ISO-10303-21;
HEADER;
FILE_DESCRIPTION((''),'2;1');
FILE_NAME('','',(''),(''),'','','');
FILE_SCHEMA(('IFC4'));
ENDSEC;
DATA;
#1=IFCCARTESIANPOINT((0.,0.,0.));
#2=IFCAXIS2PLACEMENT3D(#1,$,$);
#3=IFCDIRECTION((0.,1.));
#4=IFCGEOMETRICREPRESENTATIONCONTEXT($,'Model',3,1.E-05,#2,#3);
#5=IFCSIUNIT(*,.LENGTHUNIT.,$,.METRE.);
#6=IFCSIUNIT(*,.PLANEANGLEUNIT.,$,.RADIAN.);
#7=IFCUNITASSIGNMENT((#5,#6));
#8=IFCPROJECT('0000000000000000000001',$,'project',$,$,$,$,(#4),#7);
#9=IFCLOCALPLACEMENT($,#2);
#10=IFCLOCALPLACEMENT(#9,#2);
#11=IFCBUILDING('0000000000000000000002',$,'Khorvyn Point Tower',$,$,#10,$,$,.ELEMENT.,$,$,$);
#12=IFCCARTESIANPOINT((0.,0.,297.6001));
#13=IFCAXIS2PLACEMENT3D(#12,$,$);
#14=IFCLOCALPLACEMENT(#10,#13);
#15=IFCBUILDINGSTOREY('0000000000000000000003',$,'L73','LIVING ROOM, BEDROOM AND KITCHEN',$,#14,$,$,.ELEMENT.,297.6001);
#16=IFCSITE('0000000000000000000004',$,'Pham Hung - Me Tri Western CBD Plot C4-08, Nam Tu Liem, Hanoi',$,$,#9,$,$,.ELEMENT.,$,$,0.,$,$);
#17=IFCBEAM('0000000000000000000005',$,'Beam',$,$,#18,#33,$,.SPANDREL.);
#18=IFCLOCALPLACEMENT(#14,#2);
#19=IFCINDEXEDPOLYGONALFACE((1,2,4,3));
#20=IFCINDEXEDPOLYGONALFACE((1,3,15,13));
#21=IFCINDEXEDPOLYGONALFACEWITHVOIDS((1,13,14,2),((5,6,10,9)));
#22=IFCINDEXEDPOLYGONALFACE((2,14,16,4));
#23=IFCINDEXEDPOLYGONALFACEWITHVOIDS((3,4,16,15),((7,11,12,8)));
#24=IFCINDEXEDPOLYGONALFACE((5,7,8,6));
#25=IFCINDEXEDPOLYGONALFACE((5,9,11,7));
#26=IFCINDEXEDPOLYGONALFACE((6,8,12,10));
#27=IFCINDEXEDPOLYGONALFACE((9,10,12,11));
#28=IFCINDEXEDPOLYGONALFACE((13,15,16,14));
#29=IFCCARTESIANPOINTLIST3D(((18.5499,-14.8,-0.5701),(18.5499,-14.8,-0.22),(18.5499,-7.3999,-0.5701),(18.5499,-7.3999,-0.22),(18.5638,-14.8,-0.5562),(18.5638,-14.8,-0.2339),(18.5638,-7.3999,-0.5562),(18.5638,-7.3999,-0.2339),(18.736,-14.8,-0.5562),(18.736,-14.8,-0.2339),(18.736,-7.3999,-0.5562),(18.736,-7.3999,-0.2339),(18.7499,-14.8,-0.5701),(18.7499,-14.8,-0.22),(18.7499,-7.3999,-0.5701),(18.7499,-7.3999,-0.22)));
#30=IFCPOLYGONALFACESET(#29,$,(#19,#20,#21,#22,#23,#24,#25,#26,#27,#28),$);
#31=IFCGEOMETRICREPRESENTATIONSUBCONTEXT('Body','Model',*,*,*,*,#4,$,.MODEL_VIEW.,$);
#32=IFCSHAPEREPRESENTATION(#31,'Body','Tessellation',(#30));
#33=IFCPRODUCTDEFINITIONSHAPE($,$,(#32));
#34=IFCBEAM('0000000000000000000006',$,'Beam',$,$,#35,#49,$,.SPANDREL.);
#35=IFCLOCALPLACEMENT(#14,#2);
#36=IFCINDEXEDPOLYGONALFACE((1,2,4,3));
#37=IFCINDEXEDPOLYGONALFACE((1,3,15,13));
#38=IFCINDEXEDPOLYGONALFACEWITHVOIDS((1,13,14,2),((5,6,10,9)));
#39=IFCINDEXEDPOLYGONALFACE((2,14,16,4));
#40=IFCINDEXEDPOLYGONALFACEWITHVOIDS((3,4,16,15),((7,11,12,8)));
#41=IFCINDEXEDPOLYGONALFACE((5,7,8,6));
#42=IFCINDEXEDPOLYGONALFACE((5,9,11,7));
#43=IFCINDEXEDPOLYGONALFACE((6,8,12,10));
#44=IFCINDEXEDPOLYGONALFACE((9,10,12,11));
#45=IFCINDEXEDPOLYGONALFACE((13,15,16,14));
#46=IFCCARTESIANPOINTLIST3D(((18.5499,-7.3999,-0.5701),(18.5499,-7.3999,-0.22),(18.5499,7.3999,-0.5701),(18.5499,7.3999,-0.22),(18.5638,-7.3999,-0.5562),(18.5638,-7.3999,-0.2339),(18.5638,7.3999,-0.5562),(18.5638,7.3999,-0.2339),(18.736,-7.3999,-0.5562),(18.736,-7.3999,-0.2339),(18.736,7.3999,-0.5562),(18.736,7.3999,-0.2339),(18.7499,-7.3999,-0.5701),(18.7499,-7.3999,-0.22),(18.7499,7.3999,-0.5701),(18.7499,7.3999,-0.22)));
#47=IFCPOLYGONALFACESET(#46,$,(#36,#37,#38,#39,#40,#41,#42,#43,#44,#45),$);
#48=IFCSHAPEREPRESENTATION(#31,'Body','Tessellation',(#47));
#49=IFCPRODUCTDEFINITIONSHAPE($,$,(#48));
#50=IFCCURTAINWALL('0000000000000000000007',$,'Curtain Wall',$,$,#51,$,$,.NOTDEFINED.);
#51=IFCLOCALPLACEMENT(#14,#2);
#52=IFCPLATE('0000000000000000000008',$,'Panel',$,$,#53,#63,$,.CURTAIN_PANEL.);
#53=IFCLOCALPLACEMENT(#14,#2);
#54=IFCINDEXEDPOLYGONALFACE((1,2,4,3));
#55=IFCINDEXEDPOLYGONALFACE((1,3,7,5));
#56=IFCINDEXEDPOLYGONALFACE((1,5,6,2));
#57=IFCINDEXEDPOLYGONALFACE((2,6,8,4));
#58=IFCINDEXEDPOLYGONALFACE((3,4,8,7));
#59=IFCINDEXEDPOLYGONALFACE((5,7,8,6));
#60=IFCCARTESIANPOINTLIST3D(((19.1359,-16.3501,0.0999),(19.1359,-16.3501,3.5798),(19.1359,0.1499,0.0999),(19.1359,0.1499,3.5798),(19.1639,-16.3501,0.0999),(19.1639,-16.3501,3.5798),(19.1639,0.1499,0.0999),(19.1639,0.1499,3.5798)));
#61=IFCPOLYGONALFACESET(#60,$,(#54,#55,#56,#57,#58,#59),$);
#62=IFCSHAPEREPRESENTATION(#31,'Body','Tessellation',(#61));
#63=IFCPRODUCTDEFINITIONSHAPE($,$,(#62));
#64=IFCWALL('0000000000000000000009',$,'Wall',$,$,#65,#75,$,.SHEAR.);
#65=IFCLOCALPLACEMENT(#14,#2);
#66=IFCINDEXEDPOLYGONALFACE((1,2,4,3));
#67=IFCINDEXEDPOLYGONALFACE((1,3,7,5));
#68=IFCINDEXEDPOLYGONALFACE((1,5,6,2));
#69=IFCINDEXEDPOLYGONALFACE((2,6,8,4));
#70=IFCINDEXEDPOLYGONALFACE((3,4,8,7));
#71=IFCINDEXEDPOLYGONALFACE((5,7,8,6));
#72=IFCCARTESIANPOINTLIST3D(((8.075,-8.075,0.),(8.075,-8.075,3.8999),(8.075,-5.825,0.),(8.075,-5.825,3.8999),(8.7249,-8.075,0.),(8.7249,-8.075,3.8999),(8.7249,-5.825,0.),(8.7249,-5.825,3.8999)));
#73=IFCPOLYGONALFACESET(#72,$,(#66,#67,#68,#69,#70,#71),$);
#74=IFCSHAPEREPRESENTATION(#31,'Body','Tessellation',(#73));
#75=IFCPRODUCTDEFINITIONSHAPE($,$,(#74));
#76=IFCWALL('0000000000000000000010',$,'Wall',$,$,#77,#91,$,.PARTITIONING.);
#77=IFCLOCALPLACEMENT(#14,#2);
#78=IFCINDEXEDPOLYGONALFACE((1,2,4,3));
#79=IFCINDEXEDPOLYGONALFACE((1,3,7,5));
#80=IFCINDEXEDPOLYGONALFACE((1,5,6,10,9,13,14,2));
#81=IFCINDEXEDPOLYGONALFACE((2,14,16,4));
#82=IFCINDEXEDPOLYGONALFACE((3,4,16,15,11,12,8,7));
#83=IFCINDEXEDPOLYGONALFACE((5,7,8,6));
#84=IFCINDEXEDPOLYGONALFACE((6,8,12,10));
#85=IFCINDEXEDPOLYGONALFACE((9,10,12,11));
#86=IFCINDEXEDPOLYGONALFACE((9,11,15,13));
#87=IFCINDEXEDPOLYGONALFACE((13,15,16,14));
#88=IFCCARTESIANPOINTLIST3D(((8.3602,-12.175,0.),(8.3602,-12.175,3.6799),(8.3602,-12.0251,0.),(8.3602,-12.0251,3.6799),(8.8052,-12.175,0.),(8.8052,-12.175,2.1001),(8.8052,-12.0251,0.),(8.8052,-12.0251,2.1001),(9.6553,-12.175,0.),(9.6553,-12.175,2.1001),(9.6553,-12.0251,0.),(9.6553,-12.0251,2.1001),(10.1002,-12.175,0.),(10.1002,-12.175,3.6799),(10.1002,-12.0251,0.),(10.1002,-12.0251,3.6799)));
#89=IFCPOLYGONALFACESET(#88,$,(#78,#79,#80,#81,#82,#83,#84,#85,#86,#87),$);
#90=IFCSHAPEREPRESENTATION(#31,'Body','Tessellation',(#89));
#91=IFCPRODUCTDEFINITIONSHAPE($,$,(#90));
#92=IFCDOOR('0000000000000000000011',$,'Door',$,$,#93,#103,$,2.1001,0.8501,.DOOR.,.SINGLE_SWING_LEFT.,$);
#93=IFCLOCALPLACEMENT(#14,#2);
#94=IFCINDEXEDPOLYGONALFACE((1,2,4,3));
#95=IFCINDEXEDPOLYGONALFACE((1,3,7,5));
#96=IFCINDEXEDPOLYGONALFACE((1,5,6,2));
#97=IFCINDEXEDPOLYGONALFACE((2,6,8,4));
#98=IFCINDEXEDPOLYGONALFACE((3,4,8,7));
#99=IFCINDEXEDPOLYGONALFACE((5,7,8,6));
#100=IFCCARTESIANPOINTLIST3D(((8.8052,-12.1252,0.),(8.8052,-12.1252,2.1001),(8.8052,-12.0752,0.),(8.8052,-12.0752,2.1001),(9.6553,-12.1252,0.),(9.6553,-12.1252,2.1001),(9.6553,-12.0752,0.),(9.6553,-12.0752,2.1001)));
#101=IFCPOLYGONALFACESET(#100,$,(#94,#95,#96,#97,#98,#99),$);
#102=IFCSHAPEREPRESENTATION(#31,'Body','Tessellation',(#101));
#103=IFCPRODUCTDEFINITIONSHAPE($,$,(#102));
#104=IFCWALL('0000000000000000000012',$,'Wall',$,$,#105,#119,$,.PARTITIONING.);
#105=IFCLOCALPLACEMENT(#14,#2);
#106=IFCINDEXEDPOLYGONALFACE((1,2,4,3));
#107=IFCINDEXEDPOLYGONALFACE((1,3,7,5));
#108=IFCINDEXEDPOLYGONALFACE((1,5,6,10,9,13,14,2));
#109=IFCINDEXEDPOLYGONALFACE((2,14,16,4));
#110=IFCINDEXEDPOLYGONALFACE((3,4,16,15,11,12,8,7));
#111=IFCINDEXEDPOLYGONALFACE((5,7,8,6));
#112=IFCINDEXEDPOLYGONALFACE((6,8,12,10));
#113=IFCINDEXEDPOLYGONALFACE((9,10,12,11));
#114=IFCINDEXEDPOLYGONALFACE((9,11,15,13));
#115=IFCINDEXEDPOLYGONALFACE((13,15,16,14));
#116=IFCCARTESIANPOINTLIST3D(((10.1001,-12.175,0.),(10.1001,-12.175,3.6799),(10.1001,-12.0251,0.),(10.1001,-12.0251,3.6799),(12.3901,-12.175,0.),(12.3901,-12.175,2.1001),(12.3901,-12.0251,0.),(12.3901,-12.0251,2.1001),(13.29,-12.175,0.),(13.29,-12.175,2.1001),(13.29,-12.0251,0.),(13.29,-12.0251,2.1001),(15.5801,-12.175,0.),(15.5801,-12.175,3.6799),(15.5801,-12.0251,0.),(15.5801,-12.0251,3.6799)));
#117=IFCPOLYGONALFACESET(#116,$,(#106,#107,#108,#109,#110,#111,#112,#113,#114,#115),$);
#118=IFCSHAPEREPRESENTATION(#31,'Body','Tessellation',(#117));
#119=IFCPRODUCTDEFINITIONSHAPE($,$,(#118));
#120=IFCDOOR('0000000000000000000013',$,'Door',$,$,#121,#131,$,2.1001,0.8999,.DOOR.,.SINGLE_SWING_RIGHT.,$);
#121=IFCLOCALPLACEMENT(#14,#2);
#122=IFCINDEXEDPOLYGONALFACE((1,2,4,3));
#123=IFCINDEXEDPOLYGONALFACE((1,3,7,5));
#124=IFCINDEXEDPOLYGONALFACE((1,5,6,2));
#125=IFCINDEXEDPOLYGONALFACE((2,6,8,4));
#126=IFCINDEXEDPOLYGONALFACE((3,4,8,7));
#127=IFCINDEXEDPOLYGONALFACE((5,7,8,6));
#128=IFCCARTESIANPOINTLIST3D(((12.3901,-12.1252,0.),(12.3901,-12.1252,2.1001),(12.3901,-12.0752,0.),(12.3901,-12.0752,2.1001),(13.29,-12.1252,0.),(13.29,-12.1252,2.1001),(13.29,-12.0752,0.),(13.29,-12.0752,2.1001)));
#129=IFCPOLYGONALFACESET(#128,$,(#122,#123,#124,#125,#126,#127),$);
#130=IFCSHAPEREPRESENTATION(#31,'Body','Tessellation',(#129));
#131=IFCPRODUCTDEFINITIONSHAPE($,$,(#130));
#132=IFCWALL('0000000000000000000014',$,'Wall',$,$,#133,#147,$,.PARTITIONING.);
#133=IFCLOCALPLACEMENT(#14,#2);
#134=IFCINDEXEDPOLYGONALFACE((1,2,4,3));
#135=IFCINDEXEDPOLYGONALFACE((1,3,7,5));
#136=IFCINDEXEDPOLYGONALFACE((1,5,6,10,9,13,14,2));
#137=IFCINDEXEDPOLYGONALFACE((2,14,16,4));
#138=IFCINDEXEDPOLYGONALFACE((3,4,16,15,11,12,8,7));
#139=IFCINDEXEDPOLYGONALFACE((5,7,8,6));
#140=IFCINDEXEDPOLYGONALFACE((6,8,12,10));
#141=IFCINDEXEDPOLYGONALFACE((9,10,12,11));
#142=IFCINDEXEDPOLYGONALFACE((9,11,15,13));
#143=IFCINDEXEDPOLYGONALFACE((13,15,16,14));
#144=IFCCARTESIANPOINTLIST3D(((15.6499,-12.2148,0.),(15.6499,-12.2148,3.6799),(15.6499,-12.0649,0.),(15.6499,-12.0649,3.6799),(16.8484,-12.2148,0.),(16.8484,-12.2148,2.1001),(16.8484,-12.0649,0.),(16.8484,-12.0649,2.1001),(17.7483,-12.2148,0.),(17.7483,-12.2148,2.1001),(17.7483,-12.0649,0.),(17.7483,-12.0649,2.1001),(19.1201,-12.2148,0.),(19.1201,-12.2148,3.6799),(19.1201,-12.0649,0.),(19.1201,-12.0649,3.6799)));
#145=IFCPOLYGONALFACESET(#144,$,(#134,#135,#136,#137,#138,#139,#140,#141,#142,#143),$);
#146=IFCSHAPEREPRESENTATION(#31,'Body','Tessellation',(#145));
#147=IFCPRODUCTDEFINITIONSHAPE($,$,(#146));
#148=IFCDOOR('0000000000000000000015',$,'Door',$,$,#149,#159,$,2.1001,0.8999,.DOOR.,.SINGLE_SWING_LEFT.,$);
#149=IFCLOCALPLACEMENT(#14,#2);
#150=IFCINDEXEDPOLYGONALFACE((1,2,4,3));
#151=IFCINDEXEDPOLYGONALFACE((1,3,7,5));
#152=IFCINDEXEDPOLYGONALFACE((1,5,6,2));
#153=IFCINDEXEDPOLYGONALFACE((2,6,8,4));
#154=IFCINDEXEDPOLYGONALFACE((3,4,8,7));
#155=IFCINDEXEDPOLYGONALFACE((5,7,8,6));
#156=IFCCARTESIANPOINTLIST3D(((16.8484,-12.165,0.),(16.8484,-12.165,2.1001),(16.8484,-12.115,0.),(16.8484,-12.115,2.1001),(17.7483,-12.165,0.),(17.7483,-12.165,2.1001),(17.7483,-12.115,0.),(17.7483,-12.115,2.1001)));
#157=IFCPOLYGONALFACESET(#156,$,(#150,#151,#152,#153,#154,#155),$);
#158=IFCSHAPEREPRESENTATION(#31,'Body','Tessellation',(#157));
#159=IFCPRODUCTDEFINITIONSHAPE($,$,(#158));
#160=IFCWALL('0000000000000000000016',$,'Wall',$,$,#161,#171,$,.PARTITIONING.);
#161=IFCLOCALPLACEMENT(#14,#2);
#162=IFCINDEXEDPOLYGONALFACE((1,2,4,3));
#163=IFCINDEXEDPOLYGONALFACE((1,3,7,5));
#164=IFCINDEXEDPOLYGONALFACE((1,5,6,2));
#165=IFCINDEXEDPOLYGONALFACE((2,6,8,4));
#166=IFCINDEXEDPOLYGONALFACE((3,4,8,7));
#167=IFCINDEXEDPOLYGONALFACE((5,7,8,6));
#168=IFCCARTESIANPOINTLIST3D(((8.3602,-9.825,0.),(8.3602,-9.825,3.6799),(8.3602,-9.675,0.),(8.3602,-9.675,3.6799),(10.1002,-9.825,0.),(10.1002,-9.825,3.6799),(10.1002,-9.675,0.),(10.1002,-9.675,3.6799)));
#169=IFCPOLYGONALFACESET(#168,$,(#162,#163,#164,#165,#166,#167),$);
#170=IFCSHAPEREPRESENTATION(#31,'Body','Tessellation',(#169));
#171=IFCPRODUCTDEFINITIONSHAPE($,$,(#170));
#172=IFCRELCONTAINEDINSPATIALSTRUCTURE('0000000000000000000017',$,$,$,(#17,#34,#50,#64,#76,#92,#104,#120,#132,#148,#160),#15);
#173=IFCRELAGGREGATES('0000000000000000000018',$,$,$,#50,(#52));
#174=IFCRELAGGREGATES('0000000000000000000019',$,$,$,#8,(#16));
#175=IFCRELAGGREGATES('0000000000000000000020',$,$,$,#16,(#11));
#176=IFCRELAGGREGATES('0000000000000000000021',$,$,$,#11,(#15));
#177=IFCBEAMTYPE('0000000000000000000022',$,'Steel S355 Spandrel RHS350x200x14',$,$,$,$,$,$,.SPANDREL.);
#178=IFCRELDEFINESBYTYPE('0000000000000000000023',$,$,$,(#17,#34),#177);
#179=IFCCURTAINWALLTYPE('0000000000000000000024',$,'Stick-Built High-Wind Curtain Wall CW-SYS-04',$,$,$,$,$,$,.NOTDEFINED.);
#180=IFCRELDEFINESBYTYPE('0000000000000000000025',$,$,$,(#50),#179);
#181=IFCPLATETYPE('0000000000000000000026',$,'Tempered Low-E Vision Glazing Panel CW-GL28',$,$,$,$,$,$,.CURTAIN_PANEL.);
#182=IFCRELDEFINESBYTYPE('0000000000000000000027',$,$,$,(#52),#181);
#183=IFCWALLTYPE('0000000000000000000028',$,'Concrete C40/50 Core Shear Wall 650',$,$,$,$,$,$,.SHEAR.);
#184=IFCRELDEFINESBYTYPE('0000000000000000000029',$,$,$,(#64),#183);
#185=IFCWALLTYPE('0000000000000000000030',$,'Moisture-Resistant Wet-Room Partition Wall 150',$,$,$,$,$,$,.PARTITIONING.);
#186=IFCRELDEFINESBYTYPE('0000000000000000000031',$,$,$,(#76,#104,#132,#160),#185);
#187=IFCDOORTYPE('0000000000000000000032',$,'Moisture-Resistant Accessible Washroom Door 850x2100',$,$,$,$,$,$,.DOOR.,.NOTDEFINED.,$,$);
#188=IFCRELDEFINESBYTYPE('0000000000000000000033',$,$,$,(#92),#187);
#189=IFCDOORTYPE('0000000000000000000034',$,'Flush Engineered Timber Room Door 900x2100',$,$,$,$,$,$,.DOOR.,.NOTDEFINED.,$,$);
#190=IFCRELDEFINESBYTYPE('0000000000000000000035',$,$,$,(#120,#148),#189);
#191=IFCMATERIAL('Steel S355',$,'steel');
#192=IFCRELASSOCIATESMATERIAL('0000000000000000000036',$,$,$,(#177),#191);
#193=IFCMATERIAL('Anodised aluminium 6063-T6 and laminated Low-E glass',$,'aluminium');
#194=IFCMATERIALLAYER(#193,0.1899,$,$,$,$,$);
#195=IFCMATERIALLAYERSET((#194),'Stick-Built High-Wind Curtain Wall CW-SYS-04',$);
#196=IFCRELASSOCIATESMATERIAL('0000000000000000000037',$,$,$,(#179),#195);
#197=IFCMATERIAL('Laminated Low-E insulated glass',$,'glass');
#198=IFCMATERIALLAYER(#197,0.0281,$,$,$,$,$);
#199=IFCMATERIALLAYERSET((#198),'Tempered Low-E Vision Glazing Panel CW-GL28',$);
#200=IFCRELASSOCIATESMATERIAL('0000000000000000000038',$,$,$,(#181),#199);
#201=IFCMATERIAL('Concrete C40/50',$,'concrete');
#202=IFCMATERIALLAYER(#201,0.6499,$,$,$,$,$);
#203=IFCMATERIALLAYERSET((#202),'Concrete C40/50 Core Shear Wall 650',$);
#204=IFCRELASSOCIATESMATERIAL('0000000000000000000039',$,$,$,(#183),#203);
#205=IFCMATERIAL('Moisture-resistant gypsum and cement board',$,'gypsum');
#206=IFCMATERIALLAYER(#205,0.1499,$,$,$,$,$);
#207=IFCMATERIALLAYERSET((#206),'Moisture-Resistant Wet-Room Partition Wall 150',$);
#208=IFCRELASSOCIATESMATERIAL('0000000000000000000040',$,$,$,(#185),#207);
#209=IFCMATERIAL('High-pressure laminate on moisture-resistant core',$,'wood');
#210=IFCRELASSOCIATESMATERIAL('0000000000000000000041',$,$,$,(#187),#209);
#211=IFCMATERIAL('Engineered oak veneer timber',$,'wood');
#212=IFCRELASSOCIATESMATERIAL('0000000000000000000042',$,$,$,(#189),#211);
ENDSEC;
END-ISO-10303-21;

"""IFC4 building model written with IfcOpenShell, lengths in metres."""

from ifc_helpers import new_model, si_unit, direction, frame, frame_2d, origin, origin_2d, place, context, subcontext, project, spatial, rectangle, hollow_rectangle, extrude, material, layer, layer_set, material_profile, profile_set, type_object, element, fill, aggregate, save


model = new_model("IFC4")

# Units and contexts
model_context = context("Model", 3, precision=1e-05, world=origin(), true_north=direction((0.0, 1.0)))
body_context = subcontext(model_context, "Body", "Model", "MODEL_VIEW")
ifc_project = project(units=[si_unit("LENGTHUNIT", "METRE"), si_unit("PLANEANGLEUNIT", "RADIAN")], contexts=[model_context])

# Site, building, storey
site_placement = place(None, origin())
site = spatial("IfcSite", under=ifc_project, at=site_placement, Name="Pham Hung - Me Tri Western CBD Plot C4-08, Nam Tu Liem, Hanoi", CompositionType="ELEMENT", RefElevation=0.0)
building_placement = place(site_placement, origin())
building = spatial("IfcBuilding", under=site, at=building_placement, Name="Khorvyn Point Tower", CompositionType="ELEMENT")
storey_placement = place(building_placement, frame((0.0, 0.0, 297.6001)))
storey = spatial("IfcBuildingStorey", under=building, at=storey_placement, Name="L73", Description="LIVING ROOM, BEDROOM AND KITCHEN", CompositionType="ELEMENT", Elevation=297.6001)

# Shared definitions
ifc_material_1 = material(Name="Concrete C40/50", Category="concrete")
ifc_material_2 = material(Name="Steel S355", Category="steel")

# Beams
ifc_material_profile_1 = material_profile(ifc_material_2, hollow_rectangle(XDim=0.2, YDim=0.3501, WallThickness=0.0139, at=origin_2d()))
ifc_profile_set_1 = profile_set([ifc_material_profile_1], Name="Steel S355 RHS350x200x14")
beam_type_1 = type_object("IfcBeamType", Name="Steel S355 Spandrel RHS350x200x14", PredefinedType="SPANDREL", material=ifc_profile_set_1)
beam_1_placement = place(storey_placement, frame((18.6499, -14.8, -0.395), z_axis=(0.0, 1.0, 0.0), x_axis=(-1.0, 0.0, 0.0)))
element("IfcBeam", 1, at=beam_1_placement, inside=storey, type_object=beam_type_1, Name="Beam", PredefinedType="SPANDREL", context=body_context, shape_type="SweptSolid", body=[
    extrude(hollow_rectangle(XDim=0.2, YDim=0.3501, WallThickness=0.0139, at=origin_2d()), origin(), (0.0, 0.0, 1.0), 7.4001),
])
beam_2_placement = place(storey_placement, frame((18.6499, -7.3999, -0.395), z_axis=(0.0, 1.0, 0.0), x_axis=(-1.0, 0.0, 0.0)))
element("IfcBeam", 2, at=beam_2_placement, inside=storey, type_object=beam_type_1, Name="Beam", PredefinedType="SPANDREL", context=body_context, shape_type="SweptSolid", body=[
    extrude(hollow_rectangle(XDim=0.2, YDim=0.3501, WallThickness=0.0139, at=origin_2d()), origin(), (0.0, 0.0, 1.0), 14.7998),
])

# Curtain wall, plate
ifc_material_3 = material(Name="Anodised aluminium 6063-T6 and laminated Low-E glass", Category="aluminium")
ifc_layer_1 = layer(ifc_material_3, 0.1899)
ifc_layer_set_1 = layer_set([ifc_layer_1], Name="Stick-Built High-Wind Curtain Wall CW-SYS-04")
curtain_wall_type = type_object("IfcCurtainWallType", Name="Stick-Built High-Wind Curtain Wall CW-SYS-04", PredefinedType="NOTDEFINED", material=ifc_layer_set_1)
curtain_wall_placement = place(storey_placement, origin())
curtain_wall = element("IfcCurtainWall", 3, at=curtain_wall_placement, inside=storey, type_object=curtain_wall_type, Name="Curtain Wall", PredefinedType="NOTDEFINED")
ifc_material_4 = material(Name="Laminated Low-E insulated glass", Category="glass")
ifc_layer_2 = layer(ifc_material_4, 0.0281)
ifc_layer_set_2 = layer_set([ifc_layer_2], Name="Tempered Low-E Vision Glazing Panel CW-GL28")
plate_type = type_object("IfcPlateType", Name="Tempered Low-E Vision Glazing Panel CW-GL28", PredefinedType="CURTAIN_PANEL", material=ifc_layer_set_2)
plate_placement = place(storey_placement, frame((19.1499, -8.1001, 0.0999), z_axis=(0.0, 0.0, 1.0), x_axis=(0.0, -1.0, 0.0)))
plate = element("IfcPlate", 4, at=plate_placement, type_object=plate_type, Name="Panel", PredefinedType="CURTAIN_PANEL", context=body_context, shape_type="SweptSolid", body=[
    extrude(rectangle(XDim=16.5, YDim=0.0281, at=origin_2d()), origin(), (0.0, 0.0, 1.0), 3.48),
])
aggregate(curtain_wall, [plate])

# Wall
ifc_layer_3 = layer(ifc_material_1, 0.6499)
ifc_layer_set_3 = layer_set([ifc_layer_3], Name="Concrete C40/50 Core Shear Wall 650")
wall_type_1 = type_object("IfcWallType", Name="Concrete C40/50 Core Shear Wall 650", PredefinedType="SHEAR", material=ifc_layer_set_3)
wall_1_placement = place(storey_placement, frame((8.3999, -8.075, 0.0), z_axis=(0.0, 0.0, 1.0), x_axis=(0.0, 1.0, 0.0)))
element("IfcWall", 5, at=wall_1_placement, inside=storey, type_object=wall_type_1, Name="Wall", PredefinedType="SHEAR", context=body_context, shape_type="SweptSolid", body=[
    extrude(rectangle(XDim=2.25, YDim=0.6499, at=frame_2d((1.125, 0.0))), origin(), (0.0, 0.0, 1.0), 3.8999),
])

# Walls, openings, doors
ifc_material_5 = material(Name="Moisture-resistant gypsum and cement board", Category="gypsum")
ifc_layer_4 = layer(ifc_material_5, 0.1499)
ifc_layer_set_4 = layer_set([ifc_layer_4], Name="Moisture-Resistant Wet-Room Partition Wall 150")
wall_type_2 = type_object("IfcWallType", Name="Moisture-Resistant Wet-Room Partition Wall 150", PredefinedType="PARTITIONING", material=ifc_layer_set_4)
wall_2_placement = place(storey_placement, frame((8.3601, -12.1001, 0.0), z_axis=(0.0, 0.0, 1.0), x_axis=(1.0, 0.0, 0.0)))
wall_2 = element("IfcWall", 6, at=wall_2_placement, inside=storey, type_object=wall_type_2, Name="Wall", PredefinedType="PARTITIONING", context=body_context, shape_type="SweptSolid", body=[
    extrude(rectangle(XDim=1.74, YDim=0.1499, at=frame_2d((0.8701, 0.0))), origin(), (0.0, 0.0, 1.0), 3.6799),
])
opening_1_placement = place(wall_2_placement, frame((0.4451, 0.0, 0.0)))
opening_1 = element("IfcOpeningElement", 7, at=opening_1_placement, cuts=wall_2, PredefinedType="OPENING", context=body_context, shape_type="SweptSolid", body=[
    extrude(rectangle(XDim=0.8501, YDim=2.1001, at=frame_2d((0.425, 1.05))), frame((0.0, 0.085, 0.0), z_axis=(0.0, -1.0, 0.0), x_axis=(1.0, 0.0, 0.0)), (0.0, 0.0, 1.0), 0.1699),
])
ifc_material_6 = material(Name="High-pressure laminate on moisture-resistant core", Category="wood")
door_type_1 = type_object("IfcDoorType", Name="Moisture-Resistant Accessible Washroom Door 850x2100", OperationType="NOTDEFINED", PredefinedType="DOOR", material=ifc_material_6)
door_1_placement = place(opening_1_placement, origin())
door_1 = element("IfcDoor", 8, at=door_1_placement, inside=storey, type_object=door_type_1, Name="Door", OperationType="SINGLE_SWING_LEFT", OverallHeight=2.1001, OverallWidth=0.8501, PredefinedType="DOOR", context=body_context, shape_type="SweptSolid", body=[
    extrude(rectangle(XDim=0.8501, YDim=2.1001, at=frame_2d((0.425, 1.05))), frame((0.0, 0.0249, 0.0), z_axis=(0.0, -1.0, 0.0), x_axis=(1.0, 0.0, 0.0)), (0.0, 0.0, 1.0), 0.05),
])
fill(opening_1, door_1)
wall_3_placement = place(storey_placement, frame((10.1001, -12.1001, 0.0), z_axis=(0.0, 0.0, 1.0), x_axis=(1.0, 0.0, 0.0)))
wall_3 = element("IfcWall", 9, at=wall_3_placement, inside=storey, type_object=wall_type_2, Name="Wall", PredefinedType="PARTITIONING", context=body_context, shape_type="SweptSolid", body=[
    extrude(rectangle(XDim=5.48, YDim=0.1499, at=frame_2d((2.74, 0.0))), origin(), (0.0, 0.0, 1.0), 3.6799),
])
opening_2_placement = place(wall_3_placement, frame((2.29, 0.0, 0.0)))
opening_2 = element("IfcOpeningElement", 10, at=opening_2_placement, cuts=wall_3, PredefinedType="OPENING", context=body_context, shape_type="SweptSolid", body=[
    extrude(rectangle(XDim=0.8999, YDim=2.1001, at=frame_2d((0.45, 1.05))), frame((0.0, 0.085, 0.0), z_axis=(0.0, -1.0, 0.0), x_axis=(1.0, 0.0, 0.0)), (0.0, 0.0, 1.0), 0.1699),
])
ifc_material_7 = material(Name="Engineered oak veneer timber", Category="wood")
door_type_2 = type_object("IfcDoorType", Name="Flush Engineered Timber Room Door 900x2100", OperationType="NOTDEFINED", PredefinedType="DOOR", material=ifc_material_7)
door_2_placement = place(opening_2_placement, origin())
door_2 = element("IfcDoor", 11, at=door_2_placement, inside=storey, type_object=door_type_2, Name="Door", OperationType="SINGLE_SWING_RIGHT", OverallHeight=2.1001, OverallWidth=0.8999, PredefinedType="DOOR", context=body_context, shape_type="SweptSolid", body=[
    extrude(rectangle(XDim=0.8999, YDim=2.1001, at=frame_2d((0.45, 1.05))), frame((0.0, 0.0249, 0.0), z_axis=(0.0, -1.0, 0.0), x_axis=(1.0, 0.0, 0.0)), (0.0, 0.0, 1.0), 0.05),
])
fill(opening_2, door_2)
wall_4_placement = place(storey_placement, frame((15.6499, -12.1399, 0.0), z_axis=(0.0, 0.0, 1.0), x_axis=(1.0, 0.0, 0.0)))
wall_4 = element("IfcWall", 12, at=wall_4_placement, inside=storey, type_object=wall_type_2, Name="Wall", PredefinedType="PARTITIONING", context=body_context, shape_type="SweptSolid", body=[
    extrude(rectangle(XDim=3.4702, YDim=0.1499, at=frame_2d((1.7351, 0.0))), origin(), (0.0, 0.0, 1.0), 3.6799),
])
opening_3_placement = place(wall_4_placement, frame((1.1985, 0.0, 0.0)))
opening_3 = element("IfcOpeningElement", 13, at=opening_3_placement, cuts=wall_4, PredefinedType="OPENING", context=body_context, shape_type="SweptSolid", body=[
    extrude(rectangle(XDim=0.8999, YDim=2.1001, at=frame_2d((0.45, 1.05))), frame((0.0, 0.085, 0.0), z_axis=(0.0, -1.0, 0.0), x_axis=(1.0, 0.0, 0.0)), (0.0, 0.0, 1.0), 0.1699),
])
door_3_placement = place(opening_3_placement, origin())
door_3 = element("IfcDoor", 14, at=door_3_placement, inside=storey, type_object=door_type_2, Name="Door", OperationType="SINGLE_SWING_LEFT", OverallHeight=2.1001, OverallWidth=0.8999, PredefinedType="DOOR", context=body_context, shape_type="SweptSolid", body=[
    extrude(rectangle(XDim=0.8999, YDim=2.1001, at=frame_2d((0.45, 1.05))), frame((0.0, 0.0249, 0.0), z_axis=(0.0, -1.0, 0.0), x_axis=(1.0, 0.0, 0.0)), (0.0, 0.0, 1.0), 0.05),
])
fill(opening_3, door_3)

# Wall
wall_5_placement = place(storey_placement, frame((8.3601, -9.75, 0.0), z_axis=(0.0, 0.0, 1.0), x_axis=(1.0, 0.0, 0.0)))
element("IfcWall", 15, at=wall_5_placement, inside=storey, type_object=wall_type_2, Name="Wall", PredefinedType="PARTITIONING", context=body_context, shape_type="SweptSolid", body=[
    extrude(rectangle(XDim=1.74, YDim=0.1499, at=frame_2d((0.8701, 0.0))), origin(), (0.0, 0.0, 1.0), 3.6799),
])

save(model, "model.ifc")
